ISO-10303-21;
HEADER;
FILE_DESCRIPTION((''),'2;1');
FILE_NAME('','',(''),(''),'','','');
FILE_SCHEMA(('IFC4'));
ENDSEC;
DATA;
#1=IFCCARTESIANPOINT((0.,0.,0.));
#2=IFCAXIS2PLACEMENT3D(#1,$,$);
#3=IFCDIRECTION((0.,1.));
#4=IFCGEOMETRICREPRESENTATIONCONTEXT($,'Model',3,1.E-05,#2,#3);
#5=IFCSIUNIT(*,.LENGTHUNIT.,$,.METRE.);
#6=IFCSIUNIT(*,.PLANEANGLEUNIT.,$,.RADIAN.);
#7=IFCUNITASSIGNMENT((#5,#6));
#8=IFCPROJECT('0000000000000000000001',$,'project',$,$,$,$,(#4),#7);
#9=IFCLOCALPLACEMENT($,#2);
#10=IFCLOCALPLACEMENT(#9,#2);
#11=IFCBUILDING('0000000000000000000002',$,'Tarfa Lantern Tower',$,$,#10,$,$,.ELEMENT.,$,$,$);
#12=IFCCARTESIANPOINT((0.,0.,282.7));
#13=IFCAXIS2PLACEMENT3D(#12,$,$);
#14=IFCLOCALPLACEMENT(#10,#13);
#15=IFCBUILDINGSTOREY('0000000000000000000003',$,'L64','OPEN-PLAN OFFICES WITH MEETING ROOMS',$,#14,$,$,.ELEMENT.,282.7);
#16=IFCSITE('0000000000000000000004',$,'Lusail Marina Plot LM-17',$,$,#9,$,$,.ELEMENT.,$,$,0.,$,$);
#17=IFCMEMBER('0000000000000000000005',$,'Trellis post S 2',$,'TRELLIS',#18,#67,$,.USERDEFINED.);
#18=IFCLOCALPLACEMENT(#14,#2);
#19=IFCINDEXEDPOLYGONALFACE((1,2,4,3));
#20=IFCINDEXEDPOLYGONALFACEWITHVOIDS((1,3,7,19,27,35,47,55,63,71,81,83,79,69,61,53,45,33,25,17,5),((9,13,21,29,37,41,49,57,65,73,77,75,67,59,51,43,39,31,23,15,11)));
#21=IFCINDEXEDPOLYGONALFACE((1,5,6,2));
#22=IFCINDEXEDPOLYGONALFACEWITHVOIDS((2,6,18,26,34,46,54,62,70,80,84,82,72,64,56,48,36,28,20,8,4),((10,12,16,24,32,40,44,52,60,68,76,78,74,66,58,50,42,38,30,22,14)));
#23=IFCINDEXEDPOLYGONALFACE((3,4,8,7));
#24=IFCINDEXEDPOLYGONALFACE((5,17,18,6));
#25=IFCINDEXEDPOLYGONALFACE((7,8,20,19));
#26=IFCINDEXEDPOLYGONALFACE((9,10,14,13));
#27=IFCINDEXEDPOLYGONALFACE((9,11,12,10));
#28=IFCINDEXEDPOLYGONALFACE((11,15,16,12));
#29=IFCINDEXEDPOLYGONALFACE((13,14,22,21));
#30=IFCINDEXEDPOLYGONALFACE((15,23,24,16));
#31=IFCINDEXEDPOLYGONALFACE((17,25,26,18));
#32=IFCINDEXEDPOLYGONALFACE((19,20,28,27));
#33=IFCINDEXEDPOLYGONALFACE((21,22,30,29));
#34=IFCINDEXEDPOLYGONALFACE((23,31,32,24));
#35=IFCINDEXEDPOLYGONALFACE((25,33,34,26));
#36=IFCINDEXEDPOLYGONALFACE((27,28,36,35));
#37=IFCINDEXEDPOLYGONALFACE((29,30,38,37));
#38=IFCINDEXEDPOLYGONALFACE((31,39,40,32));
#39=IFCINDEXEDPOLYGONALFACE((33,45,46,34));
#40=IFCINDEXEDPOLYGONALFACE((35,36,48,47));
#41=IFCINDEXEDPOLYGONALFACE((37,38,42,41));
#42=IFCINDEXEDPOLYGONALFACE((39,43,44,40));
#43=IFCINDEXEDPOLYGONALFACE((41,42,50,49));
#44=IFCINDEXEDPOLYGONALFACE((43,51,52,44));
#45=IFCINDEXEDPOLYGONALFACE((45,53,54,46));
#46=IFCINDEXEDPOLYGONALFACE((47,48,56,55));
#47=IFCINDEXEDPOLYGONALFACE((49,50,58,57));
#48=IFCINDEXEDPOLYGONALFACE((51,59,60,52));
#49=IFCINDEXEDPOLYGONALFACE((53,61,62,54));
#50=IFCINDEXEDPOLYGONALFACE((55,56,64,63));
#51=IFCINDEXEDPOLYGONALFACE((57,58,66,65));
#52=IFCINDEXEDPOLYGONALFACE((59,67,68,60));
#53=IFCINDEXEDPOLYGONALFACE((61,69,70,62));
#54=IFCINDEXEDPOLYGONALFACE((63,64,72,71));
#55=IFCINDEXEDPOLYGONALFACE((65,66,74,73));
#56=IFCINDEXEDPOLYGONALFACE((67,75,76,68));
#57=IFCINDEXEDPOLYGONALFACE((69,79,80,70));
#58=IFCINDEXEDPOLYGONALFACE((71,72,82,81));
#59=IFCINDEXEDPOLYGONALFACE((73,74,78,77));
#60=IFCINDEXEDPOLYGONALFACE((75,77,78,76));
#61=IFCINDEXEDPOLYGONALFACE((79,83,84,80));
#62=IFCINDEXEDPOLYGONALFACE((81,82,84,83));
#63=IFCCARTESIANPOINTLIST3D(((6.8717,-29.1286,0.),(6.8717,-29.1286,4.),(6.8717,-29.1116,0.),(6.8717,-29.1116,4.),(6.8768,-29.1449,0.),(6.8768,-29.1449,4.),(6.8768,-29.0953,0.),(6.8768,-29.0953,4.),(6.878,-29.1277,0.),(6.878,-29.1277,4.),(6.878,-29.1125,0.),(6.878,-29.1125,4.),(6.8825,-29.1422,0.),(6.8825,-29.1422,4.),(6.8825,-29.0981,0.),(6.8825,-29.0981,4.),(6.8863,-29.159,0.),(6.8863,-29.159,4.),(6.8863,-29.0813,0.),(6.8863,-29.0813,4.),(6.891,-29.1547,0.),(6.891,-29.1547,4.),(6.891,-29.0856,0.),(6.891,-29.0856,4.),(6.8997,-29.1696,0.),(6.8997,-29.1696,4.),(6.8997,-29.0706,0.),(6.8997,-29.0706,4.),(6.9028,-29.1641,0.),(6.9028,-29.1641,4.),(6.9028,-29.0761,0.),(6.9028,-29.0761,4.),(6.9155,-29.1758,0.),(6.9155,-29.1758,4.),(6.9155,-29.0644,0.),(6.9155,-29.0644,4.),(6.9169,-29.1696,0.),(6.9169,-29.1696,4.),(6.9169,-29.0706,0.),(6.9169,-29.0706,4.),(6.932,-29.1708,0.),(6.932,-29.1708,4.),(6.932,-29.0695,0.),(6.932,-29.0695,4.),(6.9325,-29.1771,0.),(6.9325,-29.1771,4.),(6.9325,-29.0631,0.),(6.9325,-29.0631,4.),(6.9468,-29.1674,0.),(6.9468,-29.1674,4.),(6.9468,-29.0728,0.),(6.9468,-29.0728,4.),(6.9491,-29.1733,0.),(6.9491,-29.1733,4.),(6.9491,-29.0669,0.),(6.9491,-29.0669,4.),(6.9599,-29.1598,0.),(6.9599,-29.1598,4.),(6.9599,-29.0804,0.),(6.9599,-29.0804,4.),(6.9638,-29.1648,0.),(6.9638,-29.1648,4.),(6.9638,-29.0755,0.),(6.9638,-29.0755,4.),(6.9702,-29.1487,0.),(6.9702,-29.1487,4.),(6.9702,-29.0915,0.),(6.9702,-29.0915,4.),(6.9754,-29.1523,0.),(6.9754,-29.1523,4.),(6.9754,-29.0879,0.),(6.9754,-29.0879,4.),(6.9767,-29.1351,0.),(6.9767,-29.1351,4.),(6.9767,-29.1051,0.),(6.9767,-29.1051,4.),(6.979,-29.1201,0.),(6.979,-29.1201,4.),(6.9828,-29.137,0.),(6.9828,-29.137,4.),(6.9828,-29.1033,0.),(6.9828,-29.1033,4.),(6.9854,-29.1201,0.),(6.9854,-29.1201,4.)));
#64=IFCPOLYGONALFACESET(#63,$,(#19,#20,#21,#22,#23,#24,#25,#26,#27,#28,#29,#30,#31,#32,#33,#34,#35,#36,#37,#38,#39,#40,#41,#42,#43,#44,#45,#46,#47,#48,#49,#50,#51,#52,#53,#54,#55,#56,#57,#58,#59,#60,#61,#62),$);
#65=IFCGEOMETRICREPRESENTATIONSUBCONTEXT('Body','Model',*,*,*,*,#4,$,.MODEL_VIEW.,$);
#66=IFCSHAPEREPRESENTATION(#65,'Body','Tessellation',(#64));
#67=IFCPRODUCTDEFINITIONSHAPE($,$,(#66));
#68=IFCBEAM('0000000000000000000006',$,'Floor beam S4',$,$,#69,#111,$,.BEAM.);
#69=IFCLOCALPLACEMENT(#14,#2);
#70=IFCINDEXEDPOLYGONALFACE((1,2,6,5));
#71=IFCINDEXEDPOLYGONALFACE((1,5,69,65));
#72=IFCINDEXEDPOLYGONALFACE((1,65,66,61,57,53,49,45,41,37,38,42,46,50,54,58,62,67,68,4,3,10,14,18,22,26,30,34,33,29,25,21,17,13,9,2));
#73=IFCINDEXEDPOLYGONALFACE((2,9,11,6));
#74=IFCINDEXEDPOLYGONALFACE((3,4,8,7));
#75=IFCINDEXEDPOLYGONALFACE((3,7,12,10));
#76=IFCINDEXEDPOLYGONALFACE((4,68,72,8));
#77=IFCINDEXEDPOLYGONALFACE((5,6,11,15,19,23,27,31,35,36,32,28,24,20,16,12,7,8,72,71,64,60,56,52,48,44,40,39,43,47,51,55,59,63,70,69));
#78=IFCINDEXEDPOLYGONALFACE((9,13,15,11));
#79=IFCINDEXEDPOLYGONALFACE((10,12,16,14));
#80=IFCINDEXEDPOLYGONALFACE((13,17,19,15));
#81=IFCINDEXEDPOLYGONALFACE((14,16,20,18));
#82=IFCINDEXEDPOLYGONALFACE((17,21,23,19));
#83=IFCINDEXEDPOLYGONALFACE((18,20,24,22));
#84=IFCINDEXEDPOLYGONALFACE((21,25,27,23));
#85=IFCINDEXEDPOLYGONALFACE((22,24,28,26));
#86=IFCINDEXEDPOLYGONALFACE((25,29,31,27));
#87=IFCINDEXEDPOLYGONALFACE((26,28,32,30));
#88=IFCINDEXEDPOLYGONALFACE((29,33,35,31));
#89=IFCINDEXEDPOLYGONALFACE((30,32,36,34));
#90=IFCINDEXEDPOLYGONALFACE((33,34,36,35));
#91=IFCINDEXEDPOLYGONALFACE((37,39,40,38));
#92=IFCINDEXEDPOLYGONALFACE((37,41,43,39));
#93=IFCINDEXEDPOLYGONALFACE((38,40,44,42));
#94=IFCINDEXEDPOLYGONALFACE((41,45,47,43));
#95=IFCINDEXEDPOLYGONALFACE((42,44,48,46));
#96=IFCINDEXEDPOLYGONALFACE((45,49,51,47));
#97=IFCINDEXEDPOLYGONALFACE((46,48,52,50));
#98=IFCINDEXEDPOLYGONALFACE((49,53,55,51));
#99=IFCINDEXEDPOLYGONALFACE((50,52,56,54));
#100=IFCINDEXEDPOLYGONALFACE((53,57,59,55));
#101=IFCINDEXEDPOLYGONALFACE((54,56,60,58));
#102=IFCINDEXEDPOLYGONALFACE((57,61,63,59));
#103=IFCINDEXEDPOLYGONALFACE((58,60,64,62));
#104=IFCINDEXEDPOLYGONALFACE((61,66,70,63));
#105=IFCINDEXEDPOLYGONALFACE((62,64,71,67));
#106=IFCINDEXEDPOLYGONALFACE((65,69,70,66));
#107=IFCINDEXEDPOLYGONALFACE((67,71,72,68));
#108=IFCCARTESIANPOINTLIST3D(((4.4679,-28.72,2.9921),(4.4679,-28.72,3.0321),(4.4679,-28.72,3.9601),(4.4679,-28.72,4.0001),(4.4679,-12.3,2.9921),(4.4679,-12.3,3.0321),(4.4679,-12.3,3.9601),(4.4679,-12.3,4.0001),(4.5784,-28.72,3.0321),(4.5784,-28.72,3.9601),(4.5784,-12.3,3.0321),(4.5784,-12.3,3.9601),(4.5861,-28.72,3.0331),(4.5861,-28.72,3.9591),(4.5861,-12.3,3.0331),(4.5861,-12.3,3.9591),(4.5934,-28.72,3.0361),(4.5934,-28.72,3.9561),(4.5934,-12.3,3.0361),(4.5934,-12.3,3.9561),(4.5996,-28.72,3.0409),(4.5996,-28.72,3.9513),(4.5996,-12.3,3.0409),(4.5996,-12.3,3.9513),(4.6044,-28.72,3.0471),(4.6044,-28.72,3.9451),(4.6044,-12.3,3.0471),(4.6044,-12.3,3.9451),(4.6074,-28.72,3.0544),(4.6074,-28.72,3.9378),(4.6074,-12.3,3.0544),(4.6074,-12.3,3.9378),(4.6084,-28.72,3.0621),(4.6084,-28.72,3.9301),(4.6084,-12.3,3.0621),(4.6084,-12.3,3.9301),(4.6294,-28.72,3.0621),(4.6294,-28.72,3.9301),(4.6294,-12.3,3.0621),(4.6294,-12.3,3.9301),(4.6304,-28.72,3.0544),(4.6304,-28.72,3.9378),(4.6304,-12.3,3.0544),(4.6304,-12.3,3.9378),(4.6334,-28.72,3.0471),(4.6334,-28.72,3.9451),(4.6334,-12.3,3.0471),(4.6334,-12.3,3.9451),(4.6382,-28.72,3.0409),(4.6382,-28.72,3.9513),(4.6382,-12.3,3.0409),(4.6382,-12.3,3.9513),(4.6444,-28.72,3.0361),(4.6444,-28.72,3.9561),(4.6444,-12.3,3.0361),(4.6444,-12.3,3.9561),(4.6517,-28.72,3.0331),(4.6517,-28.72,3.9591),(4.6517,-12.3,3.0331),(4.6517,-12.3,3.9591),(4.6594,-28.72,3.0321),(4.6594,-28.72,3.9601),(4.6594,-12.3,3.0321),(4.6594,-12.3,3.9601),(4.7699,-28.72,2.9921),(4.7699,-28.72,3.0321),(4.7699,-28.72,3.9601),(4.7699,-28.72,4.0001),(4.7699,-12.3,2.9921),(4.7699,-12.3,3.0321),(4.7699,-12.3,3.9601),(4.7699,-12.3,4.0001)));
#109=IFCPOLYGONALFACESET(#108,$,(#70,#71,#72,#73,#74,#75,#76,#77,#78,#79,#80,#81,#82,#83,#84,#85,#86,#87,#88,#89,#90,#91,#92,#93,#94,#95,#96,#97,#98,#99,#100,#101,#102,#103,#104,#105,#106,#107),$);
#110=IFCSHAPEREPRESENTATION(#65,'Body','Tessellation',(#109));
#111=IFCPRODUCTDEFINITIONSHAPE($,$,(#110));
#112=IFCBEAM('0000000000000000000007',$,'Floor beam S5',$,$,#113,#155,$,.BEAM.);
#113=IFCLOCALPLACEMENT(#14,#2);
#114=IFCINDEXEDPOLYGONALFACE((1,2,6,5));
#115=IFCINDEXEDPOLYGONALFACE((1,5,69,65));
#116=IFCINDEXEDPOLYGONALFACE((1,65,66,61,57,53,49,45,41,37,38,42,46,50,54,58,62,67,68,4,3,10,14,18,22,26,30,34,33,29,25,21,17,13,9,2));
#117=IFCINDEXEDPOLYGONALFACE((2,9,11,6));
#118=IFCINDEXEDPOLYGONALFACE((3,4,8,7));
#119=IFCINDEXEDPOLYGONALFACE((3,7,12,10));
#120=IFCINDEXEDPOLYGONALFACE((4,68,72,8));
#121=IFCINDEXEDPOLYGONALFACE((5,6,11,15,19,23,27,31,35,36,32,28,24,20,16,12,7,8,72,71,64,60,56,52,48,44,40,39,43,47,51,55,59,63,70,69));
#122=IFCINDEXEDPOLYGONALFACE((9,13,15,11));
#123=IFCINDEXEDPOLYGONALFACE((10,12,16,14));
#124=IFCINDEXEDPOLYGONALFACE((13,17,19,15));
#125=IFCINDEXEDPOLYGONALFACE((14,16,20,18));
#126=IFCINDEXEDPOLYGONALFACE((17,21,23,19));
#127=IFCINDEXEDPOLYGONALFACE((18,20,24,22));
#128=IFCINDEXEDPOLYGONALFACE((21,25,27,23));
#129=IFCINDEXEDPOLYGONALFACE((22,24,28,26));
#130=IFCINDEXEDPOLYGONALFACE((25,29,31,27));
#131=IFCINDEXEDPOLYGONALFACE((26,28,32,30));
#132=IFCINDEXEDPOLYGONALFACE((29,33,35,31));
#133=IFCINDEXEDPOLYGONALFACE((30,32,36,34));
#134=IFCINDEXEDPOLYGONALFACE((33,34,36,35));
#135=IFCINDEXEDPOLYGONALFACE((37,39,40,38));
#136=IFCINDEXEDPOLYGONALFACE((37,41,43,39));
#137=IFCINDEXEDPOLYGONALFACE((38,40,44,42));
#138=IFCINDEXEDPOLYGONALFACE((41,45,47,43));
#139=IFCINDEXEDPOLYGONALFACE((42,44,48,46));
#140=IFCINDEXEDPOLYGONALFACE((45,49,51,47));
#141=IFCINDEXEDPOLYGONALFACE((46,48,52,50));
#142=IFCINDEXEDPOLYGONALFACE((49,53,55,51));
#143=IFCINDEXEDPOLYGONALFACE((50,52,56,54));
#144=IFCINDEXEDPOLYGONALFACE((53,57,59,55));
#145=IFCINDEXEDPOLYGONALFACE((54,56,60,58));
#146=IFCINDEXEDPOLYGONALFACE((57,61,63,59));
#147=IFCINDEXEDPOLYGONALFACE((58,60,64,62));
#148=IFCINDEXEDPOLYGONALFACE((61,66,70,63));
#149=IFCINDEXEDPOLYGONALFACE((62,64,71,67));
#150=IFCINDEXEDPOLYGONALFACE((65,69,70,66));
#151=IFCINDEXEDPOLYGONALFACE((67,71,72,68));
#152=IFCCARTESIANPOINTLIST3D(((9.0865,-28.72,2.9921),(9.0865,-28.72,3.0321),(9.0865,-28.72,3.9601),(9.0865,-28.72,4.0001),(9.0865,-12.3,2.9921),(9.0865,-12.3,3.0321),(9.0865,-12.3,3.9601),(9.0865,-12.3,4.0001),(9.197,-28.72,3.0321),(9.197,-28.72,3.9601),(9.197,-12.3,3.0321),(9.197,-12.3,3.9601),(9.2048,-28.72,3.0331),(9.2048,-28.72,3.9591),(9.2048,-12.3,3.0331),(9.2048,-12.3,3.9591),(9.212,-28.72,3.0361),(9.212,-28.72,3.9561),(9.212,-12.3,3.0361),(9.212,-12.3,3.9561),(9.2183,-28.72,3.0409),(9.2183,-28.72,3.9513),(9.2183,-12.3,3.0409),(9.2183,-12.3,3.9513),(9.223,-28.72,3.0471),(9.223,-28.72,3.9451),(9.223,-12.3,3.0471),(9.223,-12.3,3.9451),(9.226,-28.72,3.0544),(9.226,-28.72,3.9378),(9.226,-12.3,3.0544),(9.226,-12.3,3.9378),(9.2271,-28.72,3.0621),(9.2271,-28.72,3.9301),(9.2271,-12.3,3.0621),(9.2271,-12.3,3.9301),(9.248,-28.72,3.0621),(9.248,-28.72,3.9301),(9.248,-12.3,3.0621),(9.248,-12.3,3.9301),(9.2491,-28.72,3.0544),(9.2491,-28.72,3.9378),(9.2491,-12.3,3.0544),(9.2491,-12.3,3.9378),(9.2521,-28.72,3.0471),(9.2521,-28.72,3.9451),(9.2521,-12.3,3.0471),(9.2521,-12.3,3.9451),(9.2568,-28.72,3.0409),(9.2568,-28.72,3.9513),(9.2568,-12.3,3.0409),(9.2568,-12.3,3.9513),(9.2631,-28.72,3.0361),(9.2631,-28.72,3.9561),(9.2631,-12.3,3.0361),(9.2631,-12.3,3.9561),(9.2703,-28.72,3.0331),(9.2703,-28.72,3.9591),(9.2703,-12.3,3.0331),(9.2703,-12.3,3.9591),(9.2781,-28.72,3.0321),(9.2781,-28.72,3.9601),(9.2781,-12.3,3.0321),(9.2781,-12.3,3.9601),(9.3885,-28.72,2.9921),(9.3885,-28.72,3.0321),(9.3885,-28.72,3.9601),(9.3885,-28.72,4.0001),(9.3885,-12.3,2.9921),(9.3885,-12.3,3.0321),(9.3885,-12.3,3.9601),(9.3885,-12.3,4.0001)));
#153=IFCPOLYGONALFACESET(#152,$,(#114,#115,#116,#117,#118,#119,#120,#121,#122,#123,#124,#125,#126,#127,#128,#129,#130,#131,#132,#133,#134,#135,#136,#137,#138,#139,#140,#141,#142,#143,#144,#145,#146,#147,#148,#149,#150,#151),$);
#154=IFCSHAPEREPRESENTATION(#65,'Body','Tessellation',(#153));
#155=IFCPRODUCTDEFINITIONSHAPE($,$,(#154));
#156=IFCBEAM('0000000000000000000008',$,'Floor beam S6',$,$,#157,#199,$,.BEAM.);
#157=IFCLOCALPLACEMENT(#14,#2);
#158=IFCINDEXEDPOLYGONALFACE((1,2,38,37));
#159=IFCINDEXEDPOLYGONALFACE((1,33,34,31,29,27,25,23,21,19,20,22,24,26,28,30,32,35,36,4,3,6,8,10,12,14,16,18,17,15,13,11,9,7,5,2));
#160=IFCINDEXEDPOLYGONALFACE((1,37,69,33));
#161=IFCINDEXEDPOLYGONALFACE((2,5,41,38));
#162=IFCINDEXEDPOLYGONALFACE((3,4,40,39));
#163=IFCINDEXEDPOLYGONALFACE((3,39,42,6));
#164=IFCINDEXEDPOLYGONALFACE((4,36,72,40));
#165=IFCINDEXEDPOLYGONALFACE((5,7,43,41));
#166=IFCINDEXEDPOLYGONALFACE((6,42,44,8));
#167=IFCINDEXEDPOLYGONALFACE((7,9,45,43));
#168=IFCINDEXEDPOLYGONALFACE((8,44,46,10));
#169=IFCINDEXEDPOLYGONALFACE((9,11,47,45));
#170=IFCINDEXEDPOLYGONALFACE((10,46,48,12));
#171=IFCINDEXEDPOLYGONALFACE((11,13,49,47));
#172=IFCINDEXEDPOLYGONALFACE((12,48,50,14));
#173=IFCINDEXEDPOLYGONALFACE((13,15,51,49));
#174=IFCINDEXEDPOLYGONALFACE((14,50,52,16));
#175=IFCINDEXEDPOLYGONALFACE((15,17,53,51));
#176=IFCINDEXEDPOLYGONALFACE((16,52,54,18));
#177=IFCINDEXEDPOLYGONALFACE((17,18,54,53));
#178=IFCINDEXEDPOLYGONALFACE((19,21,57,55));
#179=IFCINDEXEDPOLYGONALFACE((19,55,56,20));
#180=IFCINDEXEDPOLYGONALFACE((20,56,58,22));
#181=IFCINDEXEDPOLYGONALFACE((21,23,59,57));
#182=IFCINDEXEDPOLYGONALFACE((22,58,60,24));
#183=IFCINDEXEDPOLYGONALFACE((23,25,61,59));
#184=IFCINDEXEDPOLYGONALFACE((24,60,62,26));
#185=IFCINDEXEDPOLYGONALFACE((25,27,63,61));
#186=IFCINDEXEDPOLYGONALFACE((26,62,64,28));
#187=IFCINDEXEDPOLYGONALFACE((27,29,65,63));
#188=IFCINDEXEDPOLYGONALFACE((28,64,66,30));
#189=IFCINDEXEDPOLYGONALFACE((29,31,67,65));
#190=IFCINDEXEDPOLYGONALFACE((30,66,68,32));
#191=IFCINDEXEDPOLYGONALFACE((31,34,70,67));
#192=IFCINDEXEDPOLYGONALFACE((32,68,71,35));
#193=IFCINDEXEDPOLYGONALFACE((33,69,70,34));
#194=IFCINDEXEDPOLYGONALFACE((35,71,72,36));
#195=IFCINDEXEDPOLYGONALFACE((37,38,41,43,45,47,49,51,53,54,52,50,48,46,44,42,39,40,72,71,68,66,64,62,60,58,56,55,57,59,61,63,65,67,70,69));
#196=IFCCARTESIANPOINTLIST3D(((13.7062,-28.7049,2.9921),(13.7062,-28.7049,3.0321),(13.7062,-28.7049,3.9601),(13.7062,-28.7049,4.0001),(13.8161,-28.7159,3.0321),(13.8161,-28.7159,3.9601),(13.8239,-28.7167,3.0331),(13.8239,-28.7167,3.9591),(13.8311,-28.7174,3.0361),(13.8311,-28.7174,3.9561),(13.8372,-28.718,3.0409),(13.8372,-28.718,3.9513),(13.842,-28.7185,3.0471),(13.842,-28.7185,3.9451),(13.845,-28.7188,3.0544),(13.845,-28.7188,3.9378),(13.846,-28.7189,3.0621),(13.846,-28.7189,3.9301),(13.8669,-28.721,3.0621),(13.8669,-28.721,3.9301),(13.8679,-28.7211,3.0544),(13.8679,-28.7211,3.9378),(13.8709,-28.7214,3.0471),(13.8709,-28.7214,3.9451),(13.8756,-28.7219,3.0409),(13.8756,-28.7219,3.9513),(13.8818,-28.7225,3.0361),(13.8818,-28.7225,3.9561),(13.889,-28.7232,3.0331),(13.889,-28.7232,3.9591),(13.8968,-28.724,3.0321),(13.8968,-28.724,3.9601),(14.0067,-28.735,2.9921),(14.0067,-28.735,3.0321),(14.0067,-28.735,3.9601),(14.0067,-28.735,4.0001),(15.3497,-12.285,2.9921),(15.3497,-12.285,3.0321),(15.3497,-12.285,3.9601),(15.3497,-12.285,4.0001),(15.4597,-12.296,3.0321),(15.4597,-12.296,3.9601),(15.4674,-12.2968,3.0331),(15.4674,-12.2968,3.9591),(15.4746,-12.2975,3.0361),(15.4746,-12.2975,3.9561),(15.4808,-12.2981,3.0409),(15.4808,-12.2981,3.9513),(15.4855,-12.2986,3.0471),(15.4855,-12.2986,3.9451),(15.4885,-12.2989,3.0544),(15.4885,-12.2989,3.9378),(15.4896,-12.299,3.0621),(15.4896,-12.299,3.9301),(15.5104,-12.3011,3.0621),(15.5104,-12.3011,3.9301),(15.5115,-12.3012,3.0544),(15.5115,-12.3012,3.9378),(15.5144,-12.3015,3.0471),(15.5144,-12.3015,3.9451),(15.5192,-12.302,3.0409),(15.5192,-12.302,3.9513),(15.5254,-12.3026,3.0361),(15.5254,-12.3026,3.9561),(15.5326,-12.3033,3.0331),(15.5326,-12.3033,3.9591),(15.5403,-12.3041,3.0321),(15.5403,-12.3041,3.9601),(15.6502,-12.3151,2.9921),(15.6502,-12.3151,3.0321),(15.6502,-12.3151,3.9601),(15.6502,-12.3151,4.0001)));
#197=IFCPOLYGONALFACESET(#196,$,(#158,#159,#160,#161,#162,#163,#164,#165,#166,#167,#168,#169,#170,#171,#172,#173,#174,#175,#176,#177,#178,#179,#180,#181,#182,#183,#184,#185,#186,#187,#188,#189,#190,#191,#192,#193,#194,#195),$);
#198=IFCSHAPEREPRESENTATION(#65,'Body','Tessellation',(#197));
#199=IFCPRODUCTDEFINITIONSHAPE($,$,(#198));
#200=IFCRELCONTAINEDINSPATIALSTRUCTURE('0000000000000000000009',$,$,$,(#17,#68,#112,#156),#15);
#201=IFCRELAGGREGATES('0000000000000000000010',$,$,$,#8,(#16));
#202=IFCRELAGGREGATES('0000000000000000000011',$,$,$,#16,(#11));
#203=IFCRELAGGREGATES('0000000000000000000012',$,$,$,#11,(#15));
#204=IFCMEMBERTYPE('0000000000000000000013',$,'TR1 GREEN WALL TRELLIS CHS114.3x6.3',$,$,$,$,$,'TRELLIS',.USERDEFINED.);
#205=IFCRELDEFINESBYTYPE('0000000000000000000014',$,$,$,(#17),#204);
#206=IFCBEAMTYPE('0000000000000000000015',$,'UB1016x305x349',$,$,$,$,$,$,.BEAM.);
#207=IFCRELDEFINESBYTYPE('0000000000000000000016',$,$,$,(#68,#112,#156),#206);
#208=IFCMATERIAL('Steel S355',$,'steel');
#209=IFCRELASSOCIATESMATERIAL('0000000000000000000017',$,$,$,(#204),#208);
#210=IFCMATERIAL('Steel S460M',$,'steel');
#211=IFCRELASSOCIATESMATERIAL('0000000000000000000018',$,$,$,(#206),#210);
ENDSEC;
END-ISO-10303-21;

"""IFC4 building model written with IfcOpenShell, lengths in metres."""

from ifc_helpers import new_model, si_unit, direction, frame, origin, origin_2d, place, context, subcontext, project, spatial, hollow_circle, i_section, extrude, material, material_profile, profile_set, type_object, element, save


model = new_model("IFC4")

# Units and contexts
model_context = context("Model", 3, precision=1e-05, world=origin(), true_north=direction((0.0, 1.0)))
body_context = subcontext(model_context, "Body", "Model", "MODEL_VIEW")
ifc_project = project(units=[si_unit("LENGTHUNIT", "METRE"), si_unit("PLANEANGLEUNIT", "RADIAN")], contexts=[model_context])

# Site, building, storey
site_placement = place(None, origin())
site = spatial("IfcSite", under=ifc_project, at=site_placement, Name="Lusail Marina Plot LM-17", CompositionType="ELEMENT", RefElevation=0.0)
building_placement = place(site_placement, origin())
building = spatial("IfcBuilding", under=site, at=building_placement, Name="Tarfa Lantern Tower", CompositionType="ELEMENT")
storey_placement = place(building_placement, frame((0.0, 0.0, 282.7)))
storey = spatial("IfcBuildingStorey", under=building, at=storey_placement, Name="L64", Description="OPEN-PLAN OFFICES WITH MEETING ROOMS", CompositionType="ELEMENT", Elevation=282.7)

# Member
ifc_material_1 = material(Name="Steel S355", Category="steel")
ifc_material_profile_1 = material_profile(ifc_material_1, hollow_circle(Radius=0.0571, WallThickness=0.0063, at=origin_2d()), Name="CHS114.3x6.3")
ifc_profile_set_1 = profile_set([ifc_material_profile_1], Name="Steel S355")
member_type_1 = type_object("IfcMemberType", Name="TR1 GREEN WALL TRELLIS CHS114.3x6.3", ElementType="TRELLIS", PredefinedType="USERDEFINED", material=ifc_profile_set_1)
member_1_placement = place(storey_placement, frame((6.9282, -29.1201, 0.0), z_axis=(0.0, 0.0, 1.0), x_axis=(1.0, 0.0, 0.0)))
element("IfcMember", 1, at=member_1_placement, inside=storey, type_object=member_type_1, Name="Trellis post S 2", ObjectType="TRELLIS", PredefinedType="USERDEFINED", context=body_context, shape_type="SweptSolid", body=[
    extrude(hollow_circle(Radius=0.0571, WallThickness=0.0063, at=origin_2d()), origin(), (0.0, 0.0, 1.0), 4.0),
])

# Beams
ifc_material_2 = material(Name="Steel S460M", Category="steel")
ifc_material_profile_2 = material_profile(ifc_material_2, i_section(OverallWidth=0.302, OverallDepth=1.0081, WebThickness=0.021, FlangeThickness=0.04, FilletRadius=0.03, at=origin_2d()), Name="UB1016x305x349")
ifc_profile_set_2 = profile_set([ifc_material_profile_2], Name="Steel S460M")
beam_type_1 = type_object("IfcBeamType", Name="UB1016x305x349", PredefinedType="BEAM", material=ifc_profile_set_2)
for number, where, z_axis, x_axis, name in (
    (2, (4.6189, -28.72, 3.4961), (0.0, 1.0, 0.0), (-1.0, 0.0, 0.0), "Floor beam S4"),
    (3, (9.2375, -28.72, 3.4961), (0.0, 1.0, 0.0), (-1.0, 0.0, 0.0), "Floor beam S5"),
):
    element("IfcBeam", number, at=place(storey_placement, frame(where, z_axis=z_axis, x_axis=x_axis)), inside=storey, type_object=beam_type_1, Name=name, PredefinedType="BEAM", context=body_context, shape_type="SweptSolid", body=[
        extrude(i_section(OverallWidth=0.302, OverallDepth=1.0081, WebThickness=0.021, FlangeThickness=0.04, FilletRadius=0.03, at=origin_2d()), origin(), (0.0, 0.0, 1.0), 16.4199),
    ])
beam_1_placement = place(storey_placement, frame((13.8564, -28.72, 3.4961), z_axis=(0.099597, 0.995028, 0.0), x_axis=(-0.995028, 0.099597, 0.0)))
element("IfcBeam", 4, at=beam_1_placement, inside=storey, type_object=beam_type_1, Name="Floor beam S6", PredefinedType="BEAM", context=body_context, shape_type="SweptSolid", body=[
    extrude(i_section(OverallWidth=0.302, OverallDepth=1.0081, WebThickness=0.021, FlangeThickness=0.04, FilletRadius=0.03, at=origin_2d()), origin(), (0.0, 0.0, 1.0), 16.502),
])

save(model, "model.ifc")
